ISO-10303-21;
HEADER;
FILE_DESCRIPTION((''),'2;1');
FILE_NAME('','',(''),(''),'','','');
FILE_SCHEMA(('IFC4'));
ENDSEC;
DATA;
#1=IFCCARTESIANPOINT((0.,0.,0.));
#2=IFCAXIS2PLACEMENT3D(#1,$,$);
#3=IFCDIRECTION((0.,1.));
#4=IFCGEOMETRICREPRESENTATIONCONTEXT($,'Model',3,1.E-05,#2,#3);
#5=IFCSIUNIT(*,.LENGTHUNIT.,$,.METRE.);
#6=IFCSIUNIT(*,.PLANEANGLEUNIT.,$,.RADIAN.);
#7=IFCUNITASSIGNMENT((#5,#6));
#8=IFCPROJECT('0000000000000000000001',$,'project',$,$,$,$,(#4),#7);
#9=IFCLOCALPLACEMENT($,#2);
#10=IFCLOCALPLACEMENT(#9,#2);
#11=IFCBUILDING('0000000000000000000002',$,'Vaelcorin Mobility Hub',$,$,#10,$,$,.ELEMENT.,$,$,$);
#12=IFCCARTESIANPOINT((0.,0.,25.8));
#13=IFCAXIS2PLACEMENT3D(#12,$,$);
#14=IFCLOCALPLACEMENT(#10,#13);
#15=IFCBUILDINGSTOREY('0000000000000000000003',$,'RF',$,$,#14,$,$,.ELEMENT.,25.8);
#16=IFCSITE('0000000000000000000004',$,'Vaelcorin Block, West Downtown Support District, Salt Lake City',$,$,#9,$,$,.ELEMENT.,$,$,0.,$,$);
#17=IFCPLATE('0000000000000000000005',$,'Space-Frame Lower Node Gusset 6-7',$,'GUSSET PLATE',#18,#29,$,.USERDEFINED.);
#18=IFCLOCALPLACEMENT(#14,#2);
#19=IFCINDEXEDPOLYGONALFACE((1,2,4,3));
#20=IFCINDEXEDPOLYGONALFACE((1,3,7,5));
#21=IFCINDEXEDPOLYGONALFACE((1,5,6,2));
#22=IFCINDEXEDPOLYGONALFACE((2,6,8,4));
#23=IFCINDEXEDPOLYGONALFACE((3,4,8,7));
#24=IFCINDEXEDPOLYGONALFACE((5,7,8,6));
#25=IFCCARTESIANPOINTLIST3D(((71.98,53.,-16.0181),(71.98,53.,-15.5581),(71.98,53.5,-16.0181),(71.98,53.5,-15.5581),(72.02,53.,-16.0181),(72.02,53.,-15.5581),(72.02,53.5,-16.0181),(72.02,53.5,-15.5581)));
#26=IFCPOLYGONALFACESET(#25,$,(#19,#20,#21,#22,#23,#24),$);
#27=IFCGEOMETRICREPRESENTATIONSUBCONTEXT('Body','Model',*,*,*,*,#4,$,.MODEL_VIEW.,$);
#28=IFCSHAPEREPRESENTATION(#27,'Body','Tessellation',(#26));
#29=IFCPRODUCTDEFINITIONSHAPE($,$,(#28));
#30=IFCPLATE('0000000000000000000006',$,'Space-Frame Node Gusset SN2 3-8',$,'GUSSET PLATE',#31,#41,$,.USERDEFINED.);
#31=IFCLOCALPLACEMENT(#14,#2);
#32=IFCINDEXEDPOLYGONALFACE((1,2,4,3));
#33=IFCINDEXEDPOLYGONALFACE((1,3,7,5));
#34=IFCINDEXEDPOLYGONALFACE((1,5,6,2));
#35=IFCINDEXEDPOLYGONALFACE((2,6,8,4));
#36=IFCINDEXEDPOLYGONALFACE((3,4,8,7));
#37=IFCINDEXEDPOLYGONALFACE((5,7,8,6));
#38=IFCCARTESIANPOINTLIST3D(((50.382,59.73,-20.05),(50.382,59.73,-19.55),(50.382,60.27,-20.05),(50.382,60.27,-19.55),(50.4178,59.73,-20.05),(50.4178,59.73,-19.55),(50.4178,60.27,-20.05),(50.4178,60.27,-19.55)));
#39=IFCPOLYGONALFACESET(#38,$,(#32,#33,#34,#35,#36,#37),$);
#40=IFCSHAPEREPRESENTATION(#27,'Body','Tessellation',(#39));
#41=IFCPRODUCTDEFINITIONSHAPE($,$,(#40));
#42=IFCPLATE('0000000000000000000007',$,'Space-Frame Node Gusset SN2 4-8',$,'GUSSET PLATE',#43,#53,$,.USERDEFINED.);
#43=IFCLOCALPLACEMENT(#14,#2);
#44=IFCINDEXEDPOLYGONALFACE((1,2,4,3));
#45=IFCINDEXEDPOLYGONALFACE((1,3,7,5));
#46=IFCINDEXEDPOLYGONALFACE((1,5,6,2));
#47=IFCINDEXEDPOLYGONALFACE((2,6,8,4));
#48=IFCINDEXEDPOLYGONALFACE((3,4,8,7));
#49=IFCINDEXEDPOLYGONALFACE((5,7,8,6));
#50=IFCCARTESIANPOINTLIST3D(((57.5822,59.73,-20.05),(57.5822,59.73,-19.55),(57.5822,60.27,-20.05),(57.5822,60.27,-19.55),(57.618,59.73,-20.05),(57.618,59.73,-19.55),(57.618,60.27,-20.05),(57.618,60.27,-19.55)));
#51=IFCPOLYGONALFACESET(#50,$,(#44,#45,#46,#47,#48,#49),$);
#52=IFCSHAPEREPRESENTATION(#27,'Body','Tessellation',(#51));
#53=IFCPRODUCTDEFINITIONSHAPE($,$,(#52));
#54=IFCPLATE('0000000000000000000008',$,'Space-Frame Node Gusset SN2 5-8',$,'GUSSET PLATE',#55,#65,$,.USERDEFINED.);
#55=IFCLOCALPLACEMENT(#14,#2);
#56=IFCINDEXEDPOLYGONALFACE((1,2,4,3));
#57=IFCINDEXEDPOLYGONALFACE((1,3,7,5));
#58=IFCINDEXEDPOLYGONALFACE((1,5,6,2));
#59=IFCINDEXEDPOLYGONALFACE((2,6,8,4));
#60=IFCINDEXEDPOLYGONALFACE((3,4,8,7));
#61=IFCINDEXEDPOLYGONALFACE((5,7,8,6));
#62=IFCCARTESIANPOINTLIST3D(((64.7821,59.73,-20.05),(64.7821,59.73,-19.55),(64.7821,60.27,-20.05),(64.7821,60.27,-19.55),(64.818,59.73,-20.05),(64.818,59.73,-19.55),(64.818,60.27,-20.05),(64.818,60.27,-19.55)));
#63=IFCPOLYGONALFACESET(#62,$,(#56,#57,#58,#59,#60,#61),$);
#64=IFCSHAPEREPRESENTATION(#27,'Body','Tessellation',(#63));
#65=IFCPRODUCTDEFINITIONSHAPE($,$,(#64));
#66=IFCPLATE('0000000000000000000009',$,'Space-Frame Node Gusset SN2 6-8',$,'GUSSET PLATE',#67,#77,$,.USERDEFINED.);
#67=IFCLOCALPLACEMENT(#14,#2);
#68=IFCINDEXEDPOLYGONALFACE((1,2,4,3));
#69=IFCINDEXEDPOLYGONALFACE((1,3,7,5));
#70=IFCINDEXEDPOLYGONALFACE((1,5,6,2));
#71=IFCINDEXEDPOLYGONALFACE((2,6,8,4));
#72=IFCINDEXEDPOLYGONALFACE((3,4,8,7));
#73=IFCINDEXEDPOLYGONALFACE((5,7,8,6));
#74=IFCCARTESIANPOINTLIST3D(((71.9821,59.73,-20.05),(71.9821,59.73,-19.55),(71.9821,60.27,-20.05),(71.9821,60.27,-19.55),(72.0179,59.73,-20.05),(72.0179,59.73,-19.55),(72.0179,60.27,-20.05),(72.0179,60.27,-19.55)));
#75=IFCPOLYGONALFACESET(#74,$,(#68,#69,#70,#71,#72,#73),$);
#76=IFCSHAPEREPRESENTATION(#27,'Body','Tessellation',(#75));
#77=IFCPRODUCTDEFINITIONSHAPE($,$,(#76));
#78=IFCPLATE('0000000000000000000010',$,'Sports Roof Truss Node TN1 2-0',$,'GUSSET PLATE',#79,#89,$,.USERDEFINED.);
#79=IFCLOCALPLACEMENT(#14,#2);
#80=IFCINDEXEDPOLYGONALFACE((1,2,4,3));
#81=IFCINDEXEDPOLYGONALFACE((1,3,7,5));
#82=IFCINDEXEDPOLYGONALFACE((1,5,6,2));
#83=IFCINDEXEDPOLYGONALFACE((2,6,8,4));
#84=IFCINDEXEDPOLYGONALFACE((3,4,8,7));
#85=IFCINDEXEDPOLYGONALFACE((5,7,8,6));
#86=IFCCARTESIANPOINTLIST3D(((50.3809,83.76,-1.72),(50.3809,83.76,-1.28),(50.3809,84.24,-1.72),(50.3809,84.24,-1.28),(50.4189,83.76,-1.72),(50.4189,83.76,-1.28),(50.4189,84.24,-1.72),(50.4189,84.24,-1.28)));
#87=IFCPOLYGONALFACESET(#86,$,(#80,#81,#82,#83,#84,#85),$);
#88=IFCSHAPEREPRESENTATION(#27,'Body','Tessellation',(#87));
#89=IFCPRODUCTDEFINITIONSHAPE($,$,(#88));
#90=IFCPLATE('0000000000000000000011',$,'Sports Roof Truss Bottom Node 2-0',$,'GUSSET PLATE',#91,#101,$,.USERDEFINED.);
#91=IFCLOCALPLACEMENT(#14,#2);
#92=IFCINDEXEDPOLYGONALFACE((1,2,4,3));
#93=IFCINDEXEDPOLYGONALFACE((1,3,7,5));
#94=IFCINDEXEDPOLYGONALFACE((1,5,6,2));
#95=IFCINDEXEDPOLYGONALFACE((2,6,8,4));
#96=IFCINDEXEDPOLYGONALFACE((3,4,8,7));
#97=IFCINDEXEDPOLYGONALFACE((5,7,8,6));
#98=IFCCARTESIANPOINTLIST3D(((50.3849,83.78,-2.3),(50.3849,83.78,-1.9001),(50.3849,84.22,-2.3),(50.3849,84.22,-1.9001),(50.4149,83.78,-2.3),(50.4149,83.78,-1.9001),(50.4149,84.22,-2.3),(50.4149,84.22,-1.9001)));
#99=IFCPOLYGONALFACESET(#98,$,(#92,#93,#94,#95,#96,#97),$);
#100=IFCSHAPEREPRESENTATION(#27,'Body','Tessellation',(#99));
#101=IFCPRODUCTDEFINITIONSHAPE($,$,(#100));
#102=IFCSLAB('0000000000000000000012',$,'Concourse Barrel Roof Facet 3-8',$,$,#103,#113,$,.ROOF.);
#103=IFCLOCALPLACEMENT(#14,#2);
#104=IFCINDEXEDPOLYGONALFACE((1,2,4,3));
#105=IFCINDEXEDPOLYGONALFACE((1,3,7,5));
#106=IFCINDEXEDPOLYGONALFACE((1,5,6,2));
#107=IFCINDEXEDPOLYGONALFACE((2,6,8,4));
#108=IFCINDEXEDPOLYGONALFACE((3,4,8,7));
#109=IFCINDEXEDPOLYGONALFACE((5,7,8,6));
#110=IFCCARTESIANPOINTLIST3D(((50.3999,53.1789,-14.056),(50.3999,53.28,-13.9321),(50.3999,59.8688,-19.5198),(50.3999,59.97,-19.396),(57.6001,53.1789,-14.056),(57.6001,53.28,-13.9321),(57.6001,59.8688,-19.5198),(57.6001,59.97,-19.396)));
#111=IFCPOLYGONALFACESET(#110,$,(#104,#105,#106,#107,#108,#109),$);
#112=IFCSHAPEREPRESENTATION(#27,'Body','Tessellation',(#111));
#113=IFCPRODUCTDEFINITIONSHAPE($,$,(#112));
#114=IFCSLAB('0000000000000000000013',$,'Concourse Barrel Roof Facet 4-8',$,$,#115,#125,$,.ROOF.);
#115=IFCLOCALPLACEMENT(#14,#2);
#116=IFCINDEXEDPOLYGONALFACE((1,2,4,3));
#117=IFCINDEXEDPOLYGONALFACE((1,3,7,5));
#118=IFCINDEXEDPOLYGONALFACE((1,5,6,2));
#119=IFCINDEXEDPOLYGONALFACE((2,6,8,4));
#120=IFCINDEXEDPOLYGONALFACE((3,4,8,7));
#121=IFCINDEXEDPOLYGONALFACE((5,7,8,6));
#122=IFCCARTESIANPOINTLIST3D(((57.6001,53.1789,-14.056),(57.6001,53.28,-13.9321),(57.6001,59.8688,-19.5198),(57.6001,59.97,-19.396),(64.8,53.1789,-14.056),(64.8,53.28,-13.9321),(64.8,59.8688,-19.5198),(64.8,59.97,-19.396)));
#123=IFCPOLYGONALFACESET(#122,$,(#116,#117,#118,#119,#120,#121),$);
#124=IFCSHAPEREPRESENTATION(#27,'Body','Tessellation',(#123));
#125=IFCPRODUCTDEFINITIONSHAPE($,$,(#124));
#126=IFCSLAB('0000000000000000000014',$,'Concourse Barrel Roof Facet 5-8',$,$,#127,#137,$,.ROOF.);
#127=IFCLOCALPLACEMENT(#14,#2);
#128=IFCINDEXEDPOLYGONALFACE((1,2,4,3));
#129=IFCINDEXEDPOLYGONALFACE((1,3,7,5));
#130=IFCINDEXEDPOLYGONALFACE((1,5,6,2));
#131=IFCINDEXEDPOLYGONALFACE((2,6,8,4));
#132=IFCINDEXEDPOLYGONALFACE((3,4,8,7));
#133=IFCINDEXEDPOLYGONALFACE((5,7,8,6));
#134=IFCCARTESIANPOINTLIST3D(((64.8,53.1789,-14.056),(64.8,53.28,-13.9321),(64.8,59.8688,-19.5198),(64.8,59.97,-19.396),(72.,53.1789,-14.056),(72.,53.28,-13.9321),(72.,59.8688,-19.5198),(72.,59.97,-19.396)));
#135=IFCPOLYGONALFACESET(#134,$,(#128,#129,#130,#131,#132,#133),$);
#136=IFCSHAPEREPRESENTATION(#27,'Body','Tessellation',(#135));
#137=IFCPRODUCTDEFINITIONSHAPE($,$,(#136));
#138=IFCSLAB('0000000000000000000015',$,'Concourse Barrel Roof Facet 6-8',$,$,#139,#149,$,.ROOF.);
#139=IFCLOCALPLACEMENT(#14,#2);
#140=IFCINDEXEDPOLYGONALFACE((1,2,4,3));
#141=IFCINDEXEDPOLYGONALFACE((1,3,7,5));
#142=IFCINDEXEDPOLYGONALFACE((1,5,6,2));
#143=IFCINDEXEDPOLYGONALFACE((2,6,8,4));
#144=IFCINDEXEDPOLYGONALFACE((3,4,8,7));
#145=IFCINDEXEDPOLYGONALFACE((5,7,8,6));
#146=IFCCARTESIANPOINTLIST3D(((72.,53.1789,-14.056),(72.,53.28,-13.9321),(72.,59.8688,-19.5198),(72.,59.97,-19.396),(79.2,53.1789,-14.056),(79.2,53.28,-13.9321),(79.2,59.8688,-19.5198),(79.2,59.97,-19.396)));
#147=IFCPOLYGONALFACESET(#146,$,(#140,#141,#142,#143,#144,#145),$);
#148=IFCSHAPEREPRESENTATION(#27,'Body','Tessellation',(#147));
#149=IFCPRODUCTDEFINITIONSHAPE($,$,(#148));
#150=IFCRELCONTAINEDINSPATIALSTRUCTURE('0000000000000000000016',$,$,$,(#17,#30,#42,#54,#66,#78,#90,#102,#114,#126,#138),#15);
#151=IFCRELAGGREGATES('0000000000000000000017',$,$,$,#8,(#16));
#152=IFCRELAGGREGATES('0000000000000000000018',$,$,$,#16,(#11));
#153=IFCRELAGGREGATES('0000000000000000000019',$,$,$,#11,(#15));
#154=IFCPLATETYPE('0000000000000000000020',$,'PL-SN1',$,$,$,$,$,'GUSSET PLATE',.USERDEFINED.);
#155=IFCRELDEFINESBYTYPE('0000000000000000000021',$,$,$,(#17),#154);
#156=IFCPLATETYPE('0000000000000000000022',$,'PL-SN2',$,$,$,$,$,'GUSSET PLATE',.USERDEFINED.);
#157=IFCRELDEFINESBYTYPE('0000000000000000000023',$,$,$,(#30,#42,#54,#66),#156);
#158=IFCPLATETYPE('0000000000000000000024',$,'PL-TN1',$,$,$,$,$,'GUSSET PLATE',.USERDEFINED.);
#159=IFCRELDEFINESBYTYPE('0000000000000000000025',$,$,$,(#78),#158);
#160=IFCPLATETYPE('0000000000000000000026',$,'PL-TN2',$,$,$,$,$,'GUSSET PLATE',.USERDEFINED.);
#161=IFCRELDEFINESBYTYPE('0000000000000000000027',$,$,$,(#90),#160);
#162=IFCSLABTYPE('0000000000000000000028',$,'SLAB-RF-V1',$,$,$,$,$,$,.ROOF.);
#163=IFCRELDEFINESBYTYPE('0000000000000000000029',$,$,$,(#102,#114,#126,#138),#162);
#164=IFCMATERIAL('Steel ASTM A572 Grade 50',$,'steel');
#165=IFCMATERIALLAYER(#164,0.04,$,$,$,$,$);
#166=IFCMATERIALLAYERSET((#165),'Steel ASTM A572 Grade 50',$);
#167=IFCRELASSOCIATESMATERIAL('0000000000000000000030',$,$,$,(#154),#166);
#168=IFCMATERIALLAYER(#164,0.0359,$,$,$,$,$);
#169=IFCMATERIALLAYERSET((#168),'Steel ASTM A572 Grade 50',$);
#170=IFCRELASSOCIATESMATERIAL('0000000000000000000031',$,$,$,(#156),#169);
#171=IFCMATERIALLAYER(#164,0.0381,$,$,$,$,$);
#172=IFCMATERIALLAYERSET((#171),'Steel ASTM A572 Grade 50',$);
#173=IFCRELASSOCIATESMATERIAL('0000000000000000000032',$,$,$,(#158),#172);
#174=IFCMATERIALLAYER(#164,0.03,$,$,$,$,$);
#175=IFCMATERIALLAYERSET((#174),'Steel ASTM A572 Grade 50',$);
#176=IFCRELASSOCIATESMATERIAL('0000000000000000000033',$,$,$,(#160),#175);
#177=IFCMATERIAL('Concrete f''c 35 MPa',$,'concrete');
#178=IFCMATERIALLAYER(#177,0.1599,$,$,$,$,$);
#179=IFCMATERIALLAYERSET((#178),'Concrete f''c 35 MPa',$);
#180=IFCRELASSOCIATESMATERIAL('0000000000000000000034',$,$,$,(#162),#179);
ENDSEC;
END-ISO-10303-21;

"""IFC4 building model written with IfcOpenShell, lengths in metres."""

from ifc_helpers import new_model, si_unit, direction, frame, origin, origin_2d, place, context, subcontext, project, spatial, polyline, rectangle, outline, extrude, material, layer, layer_set, type_object, element, save


model = new_model("IFC4")

# Units and contexts
model_context = context("Model", 3, precision=1e-05, world=origin(), true_north=direction((0.0, 1.0)))
body_context = subcontext(model_context, "Body", "Model", "MODEL_VIEW")
ifc_project = project(units=[si_unit("LENGTHUNIT", "METRE"), si_unit("PLANEANGLEUNIT", "RADIAN")], contexts=[model_context])

# Site, building, storey
site_placement = place(None, origin())
site = spatial("IfcSite", under=ifc_project, at=site_placement, Name="Vaelcorin Block, West Downtown Support District, Salt Lake City", CompositionType="ELEMENT", RefElevation=0.0)
building_placement = place(site_placement, origin())
building = spatial("IfcBuilding", under=site, at=building_placement, Name="Vaelcorin Mobility Hub", CompositionType="ELEMENT")
storey_placement = place(building_placement, frame((0.0, 0.0, 25.8)))
storey = spatial("IfcBuildingStorey", under=building, at=storey_placement, Name="RF", CompositionType="ELEMENT", Elevation=25.8)

# Plates
ifc_material_1 = material(Name="Steel ASTM A572 Grade 50", Category="steel")
ifc_layer_1 = layer(ifc_material_1, 0.04)
ifc_layer_set_1 = layer_set([ifc_layer_1], Name="Steel ASTM A572 Grade 50")
plate_type_1 = type_object("IfcPlateType", Name="PL-SN1", ElementType="GUSSET PLATE", PredefinedType="USERDEFINED", material=ifc_layer_set_1)
plate_1_placement = place(storey_placement, frame((72.0, 53.25, -16.0181), z_axis=(0.0, 0.0, 1.0), x_axis=(1.0, 0.0, 0.0)))
element("IfcPlate", 1, at=plate_1_placement, inside=storey, type_object=plate_type_1, Name="Space-Frame Lower Node Gusset 6-7", ObjectType="GUSSET PLATE", PredefinedType="USERDEFINED", context=body_context, shape_type="SweptSolid", body=[
    extrude(rectangle(XDim=0.04, YDim=0.5, at=origin_2d()), origin(), (0.0, 0.0, 1.0), 0.46),
])
ifc_layer_2 = layer(ifc_material_1, 0.0359)
ifc_layer_set_2 = layer_set([ifc_layer_2], Name="Steel ASTM A572 Grade 50")
plate_type_2 = type_object("IfcPlateType", Name="PL-SN2", ElementType="GUSSET PLATE", PredefinedType="USERDEFINED", material=ifc_layer_set_2)
for number, where, z_axis, x_axis, name in (
    (2, (50.3999, 60.0, -20.05), (0.0, 0.0, 1.0), (1.0, 0.0, 0.0), "Space-Frame Node Gusset SN2 3-8"),
    (3, (57.6001, 60.0, -20.05), (0.0, 0.0, 1.0), (1.0, 0.0, 0.0), "Space-Frame Node Gusset SN2 4-8"),
    (4, (64.8, 60.0, -20.05), (0.0, 0.0, 1.0), (1.0, 0.0, 0.0), "Space-Frame Node Gusset SN2 5-8"),
    (5, (72.0, 60.0, -20.05), (0.0, 0.0, 1.0), (1.0, 0.0, 0.0), "Space-Frame Node Gusset SN2 6-8"),
):
    element("IfcPlate", number, at=place(storey_placement, frame(where, z_axis=z_axis, x_axis=x_axis)), inside=storey, type_object=plate_type_2, Name=name, ObjectType="GUSSET PLATE", PredefinedType="USERDEFINED", context=body_context, shape_type="SweptSolid", body=[
        extrude(rectangle(XDim=0.0359, YDim=0.54, at=origin_2d()), origin(), (0.0, 0.0, 1.0), 0.5),
    ])
ifc_layer_3 = layer(ifc_material_1, 0.0381)
ifc_layer_set_3 = layer_set([ifc_layer_3], Name="Steel ASTM A572 Grade 50")
plate_type_3 = type_object("IfcPlateType", Name="PL-TN1", ElementType="GUSSET PLATE", PredefinedType="USERDEFINED", material=ifc_layer_set_3)
plate_2_placement = place(storey_placement, frame((50.3999, 84.0, -1.72), z_axis=(0.0, 0.0, 1.0), x_axis=(1.0, 0.0, 0.0)))
element("IfcPlate", 6, at=plate_2_placement, inside=storey, type_object=plate_type_3, Name="Sports Roof Truss Node TN1 2-0", ObjectType="GUSSET PLATE", PredefinedType="USERDEFINED", context=body_context, shape_type="SweptSolid", body=[
    extrude(rectangle(XDim=0.0381, YDim=0.48, at=origin_2d()), origin(), (0.0, 0.0, 1.0), 0.4399),
])
ifc_layer_4 = layer(ifc_material_1, 0.03)
ifc_layer_set_4 = layer_set([ifc_layer_4], Name="Steel ASTM A572 Grade 50")
plate_type_4 = type_object("IfcPlateType", Name="PL-TN2", ElementType="GUSSET PLATE", PredefinedType="USERDEFINED", material=ifc_layer_set_4)
plate_3_placement = place(storey_placement, frame((50.3999, 84.0, -2.3), z_axis=(0.0, 0.0, 1.0), x_axis=(1.0, 0.0, 0.0)))
element("IfcPlate", 7, at=plate_3_placement, inside=storey, type_object=plate_type_4, Name="Sports Roof Truss Bottom Node 2-0", ObjectType="GUSSET PLATE", PredefinedType="USERDEFINED", context=body_context, shape_type="SweptSolid", body=[
    extrude(rectangle(XDim=0.03, YDim=0.4399, at=origin_2d()), origin(), (0.0, 0.0, 1.0), 0.3999),
])

# Slabs
ifc_material_2 = material(Name="Concrete f'c 35 MPa", Category="concrete")
ifc_layer_5 = layer(ifc_material_2, 0.1599)
ifc_layer_set_5 = layer_set([ifc_layer_5], Name="Concrete f'c 35 MPa")
slab_type = type_object("IfcSlabType", Name="SLAB-RF-V1", PredefinedType="ROOF", material=ifc_layer_set_5)
slab_placement = place(storey_placement, frame((50.3999, 53.28, -13.9321), z_axis=(0.0, 0.632563, 0.774509), x_axis=(1.0, 0.0, 0.0)))
element("IfcSlab", 8, at=slab_placement, inside=storey, type_object=slab_type, Name="Concourse Barrel Roof Facet 3-8", PredefinedType="ROOF", context=body_context, shape_type="SweptSolid", body=[
    extrude(outline(polyline([(0.0, 0.0), (7.2002, 0.0), (7.2002, 8.6377), (0.0, 8.6377), (0.0, 0.0)])), origin(), (0.0, 0.0, -1.0), 0.1599),
])
for number, where, z_axis, x_axis, name in (
    (9, (57.6001, 53.28, -13.9321), (0.0, 0.632563, 0.774509), (1.0, 0.0, 0.0), "Concourse Barrel Roof Facet 4-8"),
    (10, (64.8, 53.28, -13.9321), (0.0, 0.632563, 0.774509), (1.0, 0.0, 0.0), "Concourse Barrel Roof Facet 5-8"),
    (11, (72.0, 53.28, -13.9321), (0.0, 0.632563, 0.774509), (1.0, 0.0, 0.0), "Concourse Barrel Roof Facet 6-8"),
):
    element("IfcSlab", number, at=place(storey_placement, frame(where, z_axis=z_axis, x_axis=x_axis)), inside=storey, type_object=slab_type, Name=name, PredefinedType="ROOF", context=body_context, shape_type="SweptSolid", body=[
        extrude(outline(polyline([(0.0, 0.0), (7.2, 0.0), (7.2, 8.6377), (0.0, 8.6377), (0.0, 0.0)])), origin(), (0.0, 0.0, -1.0), 0.1599),
    ])

save(model, "model.ifc")
